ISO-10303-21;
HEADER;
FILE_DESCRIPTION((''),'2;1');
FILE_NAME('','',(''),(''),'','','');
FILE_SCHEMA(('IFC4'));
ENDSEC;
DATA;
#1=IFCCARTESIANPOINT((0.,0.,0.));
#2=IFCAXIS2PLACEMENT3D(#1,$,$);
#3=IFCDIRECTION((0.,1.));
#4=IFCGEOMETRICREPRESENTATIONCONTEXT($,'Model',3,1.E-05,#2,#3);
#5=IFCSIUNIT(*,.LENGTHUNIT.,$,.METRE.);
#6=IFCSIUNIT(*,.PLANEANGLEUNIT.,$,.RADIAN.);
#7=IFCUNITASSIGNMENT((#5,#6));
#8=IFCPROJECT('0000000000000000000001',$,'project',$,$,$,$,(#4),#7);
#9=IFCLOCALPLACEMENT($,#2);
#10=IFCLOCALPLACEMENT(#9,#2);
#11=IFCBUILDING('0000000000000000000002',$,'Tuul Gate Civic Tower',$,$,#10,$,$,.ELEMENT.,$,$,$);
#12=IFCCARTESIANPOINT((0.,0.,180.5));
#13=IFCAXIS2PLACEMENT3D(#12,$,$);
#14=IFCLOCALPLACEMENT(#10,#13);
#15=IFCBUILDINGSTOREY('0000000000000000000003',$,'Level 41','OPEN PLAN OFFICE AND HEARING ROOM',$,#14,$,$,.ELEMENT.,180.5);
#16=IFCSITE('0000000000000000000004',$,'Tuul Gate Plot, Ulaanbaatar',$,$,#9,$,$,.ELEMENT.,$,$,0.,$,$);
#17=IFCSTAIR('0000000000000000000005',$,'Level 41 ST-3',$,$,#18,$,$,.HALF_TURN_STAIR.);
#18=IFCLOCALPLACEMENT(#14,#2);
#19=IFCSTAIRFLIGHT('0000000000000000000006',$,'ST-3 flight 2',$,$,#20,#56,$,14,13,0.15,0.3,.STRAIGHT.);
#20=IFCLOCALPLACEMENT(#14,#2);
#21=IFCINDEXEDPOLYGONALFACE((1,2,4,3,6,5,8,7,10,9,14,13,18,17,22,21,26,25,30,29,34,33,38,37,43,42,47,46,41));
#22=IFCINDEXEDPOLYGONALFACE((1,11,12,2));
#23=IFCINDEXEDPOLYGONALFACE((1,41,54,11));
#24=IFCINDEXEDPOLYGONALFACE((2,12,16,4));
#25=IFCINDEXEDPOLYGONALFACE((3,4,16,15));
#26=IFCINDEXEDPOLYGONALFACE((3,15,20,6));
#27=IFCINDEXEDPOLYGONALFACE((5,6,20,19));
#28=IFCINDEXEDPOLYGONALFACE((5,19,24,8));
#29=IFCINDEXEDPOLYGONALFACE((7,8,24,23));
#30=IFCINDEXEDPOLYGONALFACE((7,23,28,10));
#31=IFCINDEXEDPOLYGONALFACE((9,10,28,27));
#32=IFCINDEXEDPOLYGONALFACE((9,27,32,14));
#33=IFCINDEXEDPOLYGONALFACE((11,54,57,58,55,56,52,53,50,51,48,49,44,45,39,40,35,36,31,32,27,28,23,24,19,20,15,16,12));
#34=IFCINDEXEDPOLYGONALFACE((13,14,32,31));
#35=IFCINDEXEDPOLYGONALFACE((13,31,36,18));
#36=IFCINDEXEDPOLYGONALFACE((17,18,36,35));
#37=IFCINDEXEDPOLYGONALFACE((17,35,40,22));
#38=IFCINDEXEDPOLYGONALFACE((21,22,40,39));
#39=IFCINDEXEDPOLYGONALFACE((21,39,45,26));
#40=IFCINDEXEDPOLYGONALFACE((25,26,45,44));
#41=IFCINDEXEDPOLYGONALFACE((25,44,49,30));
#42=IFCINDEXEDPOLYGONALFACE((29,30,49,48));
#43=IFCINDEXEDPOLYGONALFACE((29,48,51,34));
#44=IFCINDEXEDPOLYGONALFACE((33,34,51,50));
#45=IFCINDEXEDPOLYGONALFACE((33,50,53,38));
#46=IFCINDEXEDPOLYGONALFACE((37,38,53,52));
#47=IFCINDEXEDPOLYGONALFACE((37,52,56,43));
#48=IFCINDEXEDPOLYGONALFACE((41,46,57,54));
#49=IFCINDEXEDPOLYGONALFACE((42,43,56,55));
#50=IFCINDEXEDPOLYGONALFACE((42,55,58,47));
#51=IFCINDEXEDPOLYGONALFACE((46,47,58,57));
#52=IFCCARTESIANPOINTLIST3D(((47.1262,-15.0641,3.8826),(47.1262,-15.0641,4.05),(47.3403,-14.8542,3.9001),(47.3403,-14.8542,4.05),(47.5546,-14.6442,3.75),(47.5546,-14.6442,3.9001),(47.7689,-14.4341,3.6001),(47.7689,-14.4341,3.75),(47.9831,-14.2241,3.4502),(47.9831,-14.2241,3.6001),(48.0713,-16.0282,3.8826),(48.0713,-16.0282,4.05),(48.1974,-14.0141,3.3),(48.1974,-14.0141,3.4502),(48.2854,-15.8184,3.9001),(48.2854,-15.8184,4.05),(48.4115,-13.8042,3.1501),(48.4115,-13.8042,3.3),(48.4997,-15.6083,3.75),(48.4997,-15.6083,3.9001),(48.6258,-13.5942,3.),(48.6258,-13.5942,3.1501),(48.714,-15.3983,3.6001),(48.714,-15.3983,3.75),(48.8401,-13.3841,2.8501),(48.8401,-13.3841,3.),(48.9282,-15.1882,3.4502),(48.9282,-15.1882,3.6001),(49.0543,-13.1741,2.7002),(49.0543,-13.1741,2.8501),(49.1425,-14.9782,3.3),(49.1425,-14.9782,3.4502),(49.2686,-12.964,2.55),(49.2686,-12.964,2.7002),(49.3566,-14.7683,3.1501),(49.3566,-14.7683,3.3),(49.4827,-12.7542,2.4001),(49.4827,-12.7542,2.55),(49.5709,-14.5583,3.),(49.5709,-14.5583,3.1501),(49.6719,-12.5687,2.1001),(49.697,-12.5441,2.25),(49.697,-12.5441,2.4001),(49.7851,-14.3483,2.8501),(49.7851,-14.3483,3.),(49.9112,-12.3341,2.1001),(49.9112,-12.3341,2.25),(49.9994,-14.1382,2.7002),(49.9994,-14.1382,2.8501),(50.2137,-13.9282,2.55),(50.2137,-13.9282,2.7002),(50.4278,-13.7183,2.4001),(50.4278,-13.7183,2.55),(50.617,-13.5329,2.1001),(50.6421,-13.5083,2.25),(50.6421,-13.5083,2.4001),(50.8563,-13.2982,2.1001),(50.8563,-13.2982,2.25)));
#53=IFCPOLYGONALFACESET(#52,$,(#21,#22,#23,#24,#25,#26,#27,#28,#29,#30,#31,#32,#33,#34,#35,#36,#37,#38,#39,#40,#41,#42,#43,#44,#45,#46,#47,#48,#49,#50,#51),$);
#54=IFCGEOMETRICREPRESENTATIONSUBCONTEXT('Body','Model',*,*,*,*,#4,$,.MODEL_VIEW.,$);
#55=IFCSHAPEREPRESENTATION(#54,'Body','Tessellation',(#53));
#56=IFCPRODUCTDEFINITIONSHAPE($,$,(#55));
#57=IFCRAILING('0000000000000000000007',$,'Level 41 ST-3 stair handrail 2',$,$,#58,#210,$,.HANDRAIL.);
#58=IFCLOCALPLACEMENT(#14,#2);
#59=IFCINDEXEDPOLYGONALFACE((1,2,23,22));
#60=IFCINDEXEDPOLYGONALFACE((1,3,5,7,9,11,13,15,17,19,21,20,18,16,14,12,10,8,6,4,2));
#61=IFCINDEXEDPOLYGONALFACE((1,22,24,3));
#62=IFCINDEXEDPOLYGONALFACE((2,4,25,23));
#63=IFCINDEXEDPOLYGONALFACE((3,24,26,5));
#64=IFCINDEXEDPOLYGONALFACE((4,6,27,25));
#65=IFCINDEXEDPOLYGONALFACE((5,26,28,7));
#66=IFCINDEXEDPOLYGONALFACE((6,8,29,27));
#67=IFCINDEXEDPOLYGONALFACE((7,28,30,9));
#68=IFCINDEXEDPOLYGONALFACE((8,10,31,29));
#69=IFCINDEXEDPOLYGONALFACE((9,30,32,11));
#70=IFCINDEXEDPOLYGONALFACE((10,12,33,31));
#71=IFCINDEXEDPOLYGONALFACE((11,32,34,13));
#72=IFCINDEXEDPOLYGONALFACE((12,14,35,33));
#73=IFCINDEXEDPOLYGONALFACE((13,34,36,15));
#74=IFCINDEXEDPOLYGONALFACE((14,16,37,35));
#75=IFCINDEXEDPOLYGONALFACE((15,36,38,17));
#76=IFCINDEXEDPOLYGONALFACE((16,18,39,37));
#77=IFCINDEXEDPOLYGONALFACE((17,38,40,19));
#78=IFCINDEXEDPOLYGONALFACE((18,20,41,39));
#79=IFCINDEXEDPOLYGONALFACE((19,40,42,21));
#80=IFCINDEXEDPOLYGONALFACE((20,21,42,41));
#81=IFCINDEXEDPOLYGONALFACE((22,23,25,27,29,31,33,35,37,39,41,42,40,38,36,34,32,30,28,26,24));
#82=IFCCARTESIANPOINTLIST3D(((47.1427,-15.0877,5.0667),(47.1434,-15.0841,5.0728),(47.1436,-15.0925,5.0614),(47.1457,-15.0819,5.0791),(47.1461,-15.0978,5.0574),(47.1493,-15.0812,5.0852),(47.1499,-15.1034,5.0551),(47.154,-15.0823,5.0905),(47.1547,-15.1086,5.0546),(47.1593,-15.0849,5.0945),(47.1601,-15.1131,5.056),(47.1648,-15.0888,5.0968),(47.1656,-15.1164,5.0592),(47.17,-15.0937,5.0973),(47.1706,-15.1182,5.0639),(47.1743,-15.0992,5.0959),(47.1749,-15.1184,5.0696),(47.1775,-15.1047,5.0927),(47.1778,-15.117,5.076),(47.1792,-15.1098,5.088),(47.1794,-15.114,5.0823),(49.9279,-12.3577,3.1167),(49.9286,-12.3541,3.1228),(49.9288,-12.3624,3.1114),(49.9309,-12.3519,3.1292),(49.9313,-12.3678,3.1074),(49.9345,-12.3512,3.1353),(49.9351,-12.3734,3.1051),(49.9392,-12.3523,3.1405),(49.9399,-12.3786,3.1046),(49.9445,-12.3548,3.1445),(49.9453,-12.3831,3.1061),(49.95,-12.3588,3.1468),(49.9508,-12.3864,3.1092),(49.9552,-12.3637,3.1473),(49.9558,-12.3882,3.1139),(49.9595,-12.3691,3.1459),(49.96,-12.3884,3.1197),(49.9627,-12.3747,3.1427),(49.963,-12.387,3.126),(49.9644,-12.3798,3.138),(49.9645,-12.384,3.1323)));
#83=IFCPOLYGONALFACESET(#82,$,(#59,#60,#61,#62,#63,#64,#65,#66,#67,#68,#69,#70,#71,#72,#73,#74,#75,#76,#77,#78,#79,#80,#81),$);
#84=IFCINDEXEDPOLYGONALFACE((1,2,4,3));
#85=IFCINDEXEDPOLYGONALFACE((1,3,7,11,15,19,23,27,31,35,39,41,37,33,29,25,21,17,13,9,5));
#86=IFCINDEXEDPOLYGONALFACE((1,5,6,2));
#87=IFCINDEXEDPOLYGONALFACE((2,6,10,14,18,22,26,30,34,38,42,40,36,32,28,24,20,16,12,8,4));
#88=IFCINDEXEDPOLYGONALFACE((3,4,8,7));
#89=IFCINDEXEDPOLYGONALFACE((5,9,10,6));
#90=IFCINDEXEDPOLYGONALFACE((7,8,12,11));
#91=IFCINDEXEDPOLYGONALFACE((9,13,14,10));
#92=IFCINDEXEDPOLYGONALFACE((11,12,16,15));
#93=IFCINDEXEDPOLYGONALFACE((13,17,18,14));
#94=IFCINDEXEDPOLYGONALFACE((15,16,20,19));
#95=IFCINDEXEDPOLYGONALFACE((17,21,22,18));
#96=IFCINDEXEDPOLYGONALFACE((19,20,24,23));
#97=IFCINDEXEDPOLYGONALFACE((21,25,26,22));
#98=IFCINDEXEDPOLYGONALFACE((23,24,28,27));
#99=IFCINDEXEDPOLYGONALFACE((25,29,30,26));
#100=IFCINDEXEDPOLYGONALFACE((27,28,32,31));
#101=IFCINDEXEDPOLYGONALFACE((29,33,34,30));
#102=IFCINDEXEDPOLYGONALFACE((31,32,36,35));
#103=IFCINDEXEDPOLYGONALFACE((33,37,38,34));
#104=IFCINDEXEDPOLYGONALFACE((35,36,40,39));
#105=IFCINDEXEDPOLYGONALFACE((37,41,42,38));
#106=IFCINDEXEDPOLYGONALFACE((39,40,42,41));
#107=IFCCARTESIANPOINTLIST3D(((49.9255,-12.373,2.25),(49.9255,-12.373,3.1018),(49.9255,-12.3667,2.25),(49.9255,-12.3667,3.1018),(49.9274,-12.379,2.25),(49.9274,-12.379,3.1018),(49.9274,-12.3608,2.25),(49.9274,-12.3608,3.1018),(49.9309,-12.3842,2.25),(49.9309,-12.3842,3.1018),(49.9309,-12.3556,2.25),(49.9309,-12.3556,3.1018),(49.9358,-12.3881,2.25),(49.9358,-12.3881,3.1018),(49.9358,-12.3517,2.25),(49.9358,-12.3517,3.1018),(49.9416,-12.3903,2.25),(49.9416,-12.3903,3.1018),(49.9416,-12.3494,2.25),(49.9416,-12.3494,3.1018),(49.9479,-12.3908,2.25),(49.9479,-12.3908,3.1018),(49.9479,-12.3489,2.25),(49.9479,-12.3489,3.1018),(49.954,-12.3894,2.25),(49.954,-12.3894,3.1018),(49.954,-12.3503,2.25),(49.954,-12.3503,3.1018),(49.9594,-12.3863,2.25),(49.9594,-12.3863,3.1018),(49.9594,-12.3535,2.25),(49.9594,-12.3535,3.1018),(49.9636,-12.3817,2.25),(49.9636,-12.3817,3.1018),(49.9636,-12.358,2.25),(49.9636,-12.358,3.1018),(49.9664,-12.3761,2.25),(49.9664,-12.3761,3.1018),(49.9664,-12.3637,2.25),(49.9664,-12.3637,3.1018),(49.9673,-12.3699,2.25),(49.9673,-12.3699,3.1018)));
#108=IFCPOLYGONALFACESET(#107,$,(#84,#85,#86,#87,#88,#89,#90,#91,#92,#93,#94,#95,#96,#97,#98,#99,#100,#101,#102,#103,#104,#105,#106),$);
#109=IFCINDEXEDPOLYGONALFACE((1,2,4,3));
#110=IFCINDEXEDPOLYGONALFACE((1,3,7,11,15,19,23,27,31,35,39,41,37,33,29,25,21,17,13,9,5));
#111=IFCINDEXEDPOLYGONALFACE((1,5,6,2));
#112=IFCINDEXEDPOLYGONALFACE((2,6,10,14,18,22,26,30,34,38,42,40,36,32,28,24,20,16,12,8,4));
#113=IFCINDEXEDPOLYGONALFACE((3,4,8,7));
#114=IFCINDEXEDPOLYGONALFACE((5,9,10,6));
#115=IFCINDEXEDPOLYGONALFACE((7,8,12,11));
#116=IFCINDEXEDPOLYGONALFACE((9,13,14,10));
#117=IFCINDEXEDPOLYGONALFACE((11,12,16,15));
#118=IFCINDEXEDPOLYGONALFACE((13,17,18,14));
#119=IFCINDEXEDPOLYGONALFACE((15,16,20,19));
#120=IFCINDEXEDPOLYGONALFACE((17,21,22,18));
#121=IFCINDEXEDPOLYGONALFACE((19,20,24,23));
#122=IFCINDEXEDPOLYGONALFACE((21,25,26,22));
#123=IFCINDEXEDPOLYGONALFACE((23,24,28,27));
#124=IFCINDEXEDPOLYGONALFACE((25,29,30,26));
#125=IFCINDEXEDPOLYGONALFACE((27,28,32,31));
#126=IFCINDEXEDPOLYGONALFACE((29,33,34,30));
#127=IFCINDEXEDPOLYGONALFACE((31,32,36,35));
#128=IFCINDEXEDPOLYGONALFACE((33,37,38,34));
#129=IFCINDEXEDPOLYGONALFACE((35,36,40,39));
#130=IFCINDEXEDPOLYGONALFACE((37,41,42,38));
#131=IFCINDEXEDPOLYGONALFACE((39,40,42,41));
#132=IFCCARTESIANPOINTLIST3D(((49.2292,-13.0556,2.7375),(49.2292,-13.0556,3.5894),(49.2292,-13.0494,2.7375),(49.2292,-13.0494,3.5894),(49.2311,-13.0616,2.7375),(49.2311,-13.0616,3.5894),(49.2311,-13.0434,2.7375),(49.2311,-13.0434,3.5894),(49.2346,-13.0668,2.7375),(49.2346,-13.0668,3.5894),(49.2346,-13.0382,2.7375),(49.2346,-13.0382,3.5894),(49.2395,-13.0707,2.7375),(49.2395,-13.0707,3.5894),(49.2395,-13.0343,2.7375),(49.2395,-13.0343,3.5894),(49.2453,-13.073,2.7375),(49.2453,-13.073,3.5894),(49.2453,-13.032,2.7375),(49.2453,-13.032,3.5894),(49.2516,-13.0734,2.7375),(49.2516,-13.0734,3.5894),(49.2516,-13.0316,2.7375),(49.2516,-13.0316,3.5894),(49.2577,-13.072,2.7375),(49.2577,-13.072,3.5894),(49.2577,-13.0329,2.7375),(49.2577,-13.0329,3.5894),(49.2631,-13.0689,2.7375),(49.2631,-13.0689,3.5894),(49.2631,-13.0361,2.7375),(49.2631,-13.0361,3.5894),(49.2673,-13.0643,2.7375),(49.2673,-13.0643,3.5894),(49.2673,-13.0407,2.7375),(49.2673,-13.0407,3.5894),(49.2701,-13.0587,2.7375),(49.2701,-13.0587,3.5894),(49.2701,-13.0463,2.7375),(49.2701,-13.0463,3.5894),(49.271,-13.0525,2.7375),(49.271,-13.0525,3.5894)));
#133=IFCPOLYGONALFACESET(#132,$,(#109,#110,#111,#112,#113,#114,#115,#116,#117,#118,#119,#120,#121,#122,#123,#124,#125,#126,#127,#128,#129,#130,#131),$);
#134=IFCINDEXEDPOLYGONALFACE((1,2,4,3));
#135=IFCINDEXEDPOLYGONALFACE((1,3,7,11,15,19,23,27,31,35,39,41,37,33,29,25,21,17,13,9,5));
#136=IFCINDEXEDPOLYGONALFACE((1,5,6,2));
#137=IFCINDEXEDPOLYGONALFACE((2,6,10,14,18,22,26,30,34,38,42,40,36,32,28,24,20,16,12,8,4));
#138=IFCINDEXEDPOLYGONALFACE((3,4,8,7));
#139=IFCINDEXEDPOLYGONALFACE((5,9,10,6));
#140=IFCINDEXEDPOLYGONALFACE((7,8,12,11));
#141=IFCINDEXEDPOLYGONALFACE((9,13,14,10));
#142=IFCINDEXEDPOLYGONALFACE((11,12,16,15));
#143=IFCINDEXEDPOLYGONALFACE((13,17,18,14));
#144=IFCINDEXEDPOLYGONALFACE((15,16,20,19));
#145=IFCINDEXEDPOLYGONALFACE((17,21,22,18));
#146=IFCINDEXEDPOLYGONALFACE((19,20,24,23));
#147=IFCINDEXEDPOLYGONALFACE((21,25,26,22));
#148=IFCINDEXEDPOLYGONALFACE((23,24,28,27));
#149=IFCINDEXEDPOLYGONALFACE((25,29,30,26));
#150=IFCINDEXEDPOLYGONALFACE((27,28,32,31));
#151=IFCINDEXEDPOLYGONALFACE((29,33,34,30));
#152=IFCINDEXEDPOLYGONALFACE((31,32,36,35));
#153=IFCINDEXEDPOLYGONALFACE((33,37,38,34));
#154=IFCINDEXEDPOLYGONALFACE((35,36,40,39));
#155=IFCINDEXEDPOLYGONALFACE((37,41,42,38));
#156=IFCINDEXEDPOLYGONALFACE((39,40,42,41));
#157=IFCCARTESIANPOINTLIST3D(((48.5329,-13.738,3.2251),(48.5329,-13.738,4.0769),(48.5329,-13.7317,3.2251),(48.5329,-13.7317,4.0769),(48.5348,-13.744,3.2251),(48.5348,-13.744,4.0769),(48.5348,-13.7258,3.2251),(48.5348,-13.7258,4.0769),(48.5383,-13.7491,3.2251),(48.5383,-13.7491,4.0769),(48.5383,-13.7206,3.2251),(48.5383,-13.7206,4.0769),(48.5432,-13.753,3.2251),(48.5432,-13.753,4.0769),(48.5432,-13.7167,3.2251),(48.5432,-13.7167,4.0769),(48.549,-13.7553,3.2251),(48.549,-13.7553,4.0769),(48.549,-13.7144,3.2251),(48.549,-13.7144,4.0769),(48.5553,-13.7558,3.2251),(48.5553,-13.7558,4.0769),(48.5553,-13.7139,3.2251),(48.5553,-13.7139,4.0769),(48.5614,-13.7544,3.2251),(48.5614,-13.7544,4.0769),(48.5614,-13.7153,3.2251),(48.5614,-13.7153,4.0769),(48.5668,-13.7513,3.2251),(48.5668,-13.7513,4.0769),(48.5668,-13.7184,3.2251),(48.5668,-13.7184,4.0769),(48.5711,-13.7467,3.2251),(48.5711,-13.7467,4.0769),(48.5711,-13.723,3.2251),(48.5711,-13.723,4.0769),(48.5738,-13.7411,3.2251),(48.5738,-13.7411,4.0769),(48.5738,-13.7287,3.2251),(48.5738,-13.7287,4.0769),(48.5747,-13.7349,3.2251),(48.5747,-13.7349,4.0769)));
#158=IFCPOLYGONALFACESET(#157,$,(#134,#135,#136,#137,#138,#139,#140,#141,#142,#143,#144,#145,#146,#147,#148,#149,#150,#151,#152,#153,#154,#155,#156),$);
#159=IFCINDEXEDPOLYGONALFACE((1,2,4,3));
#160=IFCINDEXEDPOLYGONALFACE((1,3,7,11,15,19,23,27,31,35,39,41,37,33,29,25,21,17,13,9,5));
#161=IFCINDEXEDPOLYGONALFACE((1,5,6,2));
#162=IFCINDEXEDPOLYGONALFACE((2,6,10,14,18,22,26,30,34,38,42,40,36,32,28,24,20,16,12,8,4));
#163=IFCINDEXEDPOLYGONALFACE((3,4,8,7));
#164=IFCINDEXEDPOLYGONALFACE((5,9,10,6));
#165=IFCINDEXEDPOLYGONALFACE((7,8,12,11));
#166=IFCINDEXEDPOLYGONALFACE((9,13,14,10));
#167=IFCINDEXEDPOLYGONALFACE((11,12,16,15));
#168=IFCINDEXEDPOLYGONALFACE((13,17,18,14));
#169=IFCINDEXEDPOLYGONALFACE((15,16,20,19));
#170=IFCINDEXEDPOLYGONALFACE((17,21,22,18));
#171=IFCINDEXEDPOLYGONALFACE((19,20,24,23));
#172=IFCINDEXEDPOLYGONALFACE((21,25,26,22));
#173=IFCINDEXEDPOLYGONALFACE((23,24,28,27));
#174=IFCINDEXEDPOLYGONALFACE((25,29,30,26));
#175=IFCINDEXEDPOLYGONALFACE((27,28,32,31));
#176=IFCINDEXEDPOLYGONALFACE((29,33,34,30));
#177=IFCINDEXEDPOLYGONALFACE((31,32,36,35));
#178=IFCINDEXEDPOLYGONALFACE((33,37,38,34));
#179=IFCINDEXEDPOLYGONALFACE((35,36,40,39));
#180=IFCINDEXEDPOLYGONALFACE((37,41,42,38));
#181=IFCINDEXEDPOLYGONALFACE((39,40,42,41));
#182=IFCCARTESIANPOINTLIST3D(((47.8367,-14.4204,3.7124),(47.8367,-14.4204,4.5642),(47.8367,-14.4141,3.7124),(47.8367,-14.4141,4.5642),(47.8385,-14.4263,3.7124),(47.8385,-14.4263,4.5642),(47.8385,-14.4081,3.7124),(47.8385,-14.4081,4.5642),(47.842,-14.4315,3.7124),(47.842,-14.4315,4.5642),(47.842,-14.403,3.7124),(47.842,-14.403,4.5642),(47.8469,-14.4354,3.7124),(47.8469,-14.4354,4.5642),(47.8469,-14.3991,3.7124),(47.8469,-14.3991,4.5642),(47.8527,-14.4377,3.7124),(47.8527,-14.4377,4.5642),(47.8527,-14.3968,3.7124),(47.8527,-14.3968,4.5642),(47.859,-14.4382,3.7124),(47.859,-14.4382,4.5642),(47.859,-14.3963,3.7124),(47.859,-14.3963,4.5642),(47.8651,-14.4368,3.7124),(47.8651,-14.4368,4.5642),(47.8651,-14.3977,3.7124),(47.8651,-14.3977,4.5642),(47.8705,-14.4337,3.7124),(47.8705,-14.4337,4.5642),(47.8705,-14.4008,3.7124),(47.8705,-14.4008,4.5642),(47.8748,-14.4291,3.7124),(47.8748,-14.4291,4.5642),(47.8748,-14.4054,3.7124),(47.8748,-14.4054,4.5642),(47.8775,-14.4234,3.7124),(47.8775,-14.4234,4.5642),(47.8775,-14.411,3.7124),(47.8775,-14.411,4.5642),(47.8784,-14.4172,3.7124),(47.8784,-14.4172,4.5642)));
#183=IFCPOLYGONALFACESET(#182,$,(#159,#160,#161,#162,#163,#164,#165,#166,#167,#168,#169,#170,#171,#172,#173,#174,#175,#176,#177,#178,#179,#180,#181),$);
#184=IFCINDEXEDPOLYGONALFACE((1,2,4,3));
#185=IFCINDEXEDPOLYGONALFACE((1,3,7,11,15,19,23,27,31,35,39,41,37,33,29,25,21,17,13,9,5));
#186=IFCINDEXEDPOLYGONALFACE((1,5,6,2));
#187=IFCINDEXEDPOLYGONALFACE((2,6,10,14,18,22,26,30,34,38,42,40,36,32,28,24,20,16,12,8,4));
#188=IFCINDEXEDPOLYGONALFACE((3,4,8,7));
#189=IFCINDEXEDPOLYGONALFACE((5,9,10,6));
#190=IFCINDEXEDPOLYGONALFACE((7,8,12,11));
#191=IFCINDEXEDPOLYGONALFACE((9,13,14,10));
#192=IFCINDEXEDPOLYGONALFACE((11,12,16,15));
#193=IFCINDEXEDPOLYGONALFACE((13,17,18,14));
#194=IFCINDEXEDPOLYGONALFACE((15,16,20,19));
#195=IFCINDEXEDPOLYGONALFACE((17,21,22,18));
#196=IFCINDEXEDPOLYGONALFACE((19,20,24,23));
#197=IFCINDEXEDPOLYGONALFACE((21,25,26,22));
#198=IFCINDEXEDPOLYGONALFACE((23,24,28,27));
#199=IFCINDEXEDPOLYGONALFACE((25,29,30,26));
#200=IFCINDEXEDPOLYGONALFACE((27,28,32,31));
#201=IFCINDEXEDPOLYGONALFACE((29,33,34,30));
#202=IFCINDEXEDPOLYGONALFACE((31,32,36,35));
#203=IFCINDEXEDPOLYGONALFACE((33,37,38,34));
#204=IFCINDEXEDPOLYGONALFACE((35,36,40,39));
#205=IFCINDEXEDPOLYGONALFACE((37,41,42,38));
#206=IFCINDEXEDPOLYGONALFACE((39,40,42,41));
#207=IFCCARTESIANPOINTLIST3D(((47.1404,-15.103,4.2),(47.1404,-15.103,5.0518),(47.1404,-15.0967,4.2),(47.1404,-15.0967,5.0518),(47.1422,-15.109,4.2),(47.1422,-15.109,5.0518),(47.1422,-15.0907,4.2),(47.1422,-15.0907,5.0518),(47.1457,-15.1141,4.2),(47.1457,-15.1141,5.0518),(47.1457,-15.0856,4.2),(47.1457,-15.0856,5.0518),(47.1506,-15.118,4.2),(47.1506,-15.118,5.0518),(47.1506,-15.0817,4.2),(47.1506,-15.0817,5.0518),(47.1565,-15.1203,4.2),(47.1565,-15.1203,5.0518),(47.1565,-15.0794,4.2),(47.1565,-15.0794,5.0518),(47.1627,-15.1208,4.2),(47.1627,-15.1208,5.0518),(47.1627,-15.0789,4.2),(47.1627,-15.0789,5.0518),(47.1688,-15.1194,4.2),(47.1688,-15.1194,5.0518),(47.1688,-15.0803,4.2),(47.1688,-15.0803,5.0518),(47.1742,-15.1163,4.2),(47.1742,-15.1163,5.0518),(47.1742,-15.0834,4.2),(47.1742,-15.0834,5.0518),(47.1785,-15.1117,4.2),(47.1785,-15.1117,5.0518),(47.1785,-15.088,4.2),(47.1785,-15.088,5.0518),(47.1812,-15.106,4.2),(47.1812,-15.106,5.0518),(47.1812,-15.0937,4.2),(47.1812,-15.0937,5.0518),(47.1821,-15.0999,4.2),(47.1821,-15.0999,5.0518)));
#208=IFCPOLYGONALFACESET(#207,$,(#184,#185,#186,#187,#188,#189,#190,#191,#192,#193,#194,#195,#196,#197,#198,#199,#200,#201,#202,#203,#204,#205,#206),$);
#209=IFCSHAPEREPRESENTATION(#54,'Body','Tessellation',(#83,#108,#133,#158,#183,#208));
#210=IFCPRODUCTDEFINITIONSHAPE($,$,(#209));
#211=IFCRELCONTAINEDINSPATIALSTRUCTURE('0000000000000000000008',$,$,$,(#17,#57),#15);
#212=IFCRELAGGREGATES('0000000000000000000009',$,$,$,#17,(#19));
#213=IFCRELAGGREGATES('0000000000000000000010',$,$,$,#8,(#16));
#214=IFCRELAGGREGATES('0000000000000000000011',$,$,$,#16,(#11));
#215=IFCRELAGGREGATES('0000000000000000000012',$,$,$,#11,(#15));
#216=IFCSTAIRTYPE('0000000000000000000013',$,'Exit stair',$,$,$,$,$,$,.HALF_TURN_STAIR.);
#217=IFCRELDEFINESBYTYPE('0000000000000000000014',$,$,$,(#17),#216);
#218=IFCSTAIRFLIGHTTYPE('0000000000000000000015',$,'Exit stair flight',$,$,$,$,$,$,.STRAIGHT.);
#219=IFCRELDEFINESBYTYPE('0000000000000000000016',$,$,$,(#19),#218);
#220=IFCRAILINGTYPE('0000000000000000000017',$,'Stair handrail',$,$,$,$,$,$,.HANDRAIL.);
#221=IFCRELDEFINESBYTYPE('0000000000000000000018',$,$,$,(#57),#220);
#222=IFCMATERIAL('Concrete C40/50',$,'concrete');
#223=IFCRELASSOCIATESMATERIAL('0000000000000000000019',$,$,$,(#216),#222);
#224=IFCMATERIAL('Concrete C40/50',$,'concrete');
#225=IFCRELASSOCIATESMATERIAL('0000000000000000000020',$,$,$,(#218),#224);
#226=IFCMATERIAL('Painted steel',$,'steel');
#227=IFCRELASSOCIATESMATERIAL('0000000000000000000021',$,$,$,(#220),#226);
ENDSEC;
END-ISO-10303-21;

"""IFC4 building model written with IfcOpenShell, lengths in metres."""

from ifc_helpers import new_model, si_unit, direction, frame, origin, origin_2d, place, context, subcontext, project, spatial, polyline, circle, outline, extrude, material, type_object, element, aggregate, save


model = new_model("IFC4")

# Units and contexts
model_context = context("Model", 3, precision=1e-05, world=origin(), true_north=direction((0.0, 1.0)))
body_context = subcontext(model_context, "Body", "Model", "MODEL_VIEW")
ifc_project = project(units=[si_unit("LENGTHUNIT", "METRE"), si_unit("PLANEANGLEUNIT", "RADIAN")], contexts=[model_context])

# Site, building, storey
site_placement = place(None, origin())
site = spatial("IfcSite", under=ifc_project, at=site_placement, Name="Tuul Gate Plot, Ulaanbaatar", CompositionType="ELEMENT", RefElevation=0.0)
building_placement = place(site_placement, origin())
building = spatial("IfcBuilding", under=site, at=building_placement, Name="Tuul Gate Civic Tower", CompositionType="ELEMENT")
storey_placement = place(building_placement, frame((0.0, 0.0, 180.5)))
storey = spatial("IfcBuildingStorey", under=building, at=storey_placement, Name="Level 41", Description="OPEN PLAN OFFICE AND HEARING ROOM", CompositionType="ELEMENT", Elevation=180.5)

# Stair, stair flight
ifc_material_1 = material(Name="Concrete C40/50", Category="concrete")
stair_type = type_object("IfcStairType", Name="Exit stair", PredefinedType="HALF_TURN_STAIR", material=ifc_material_1)
stair_placement = place(storey_placement, origin())
stair = element("IfcStair", 1, at=stair_placement, inside=storey, type_object=stair_type, Name="Level 41 ST-3", PredefinedType="HALF_TURN_STAIR")
ifc_material_2 = material(Name="Concrete C40/50", Category="concrete")
stair_flight_type = type_object("IfcStairFlightType", Name="Exit stair flight", PredefinedType="STRAIGHT", material=ifc_material_2)
stair_flight_placement = place(storey_placement, frame((50.3838, -12.8162, 2.1001), z_axis=(0.0, 0.0, 1.0), x_axis=(-0.714127, -0.700016, 0.0)))
stair_flight = element("IfcStairFlight", 2, at=stair_flight_placement, type_object=stair_flight_type, Name="ST-3 flight 2", NumberOfRisers=14, NumberOfTreads=13, PredefinedType="STRAIGHT", RiserHeight=0.15, TreadLength=0.3, context=body_context, shape_type="SweptSolid", body=[
    extrude(outline(polyline([(0.0, 0.0), (0.0, 0.1499), (0.3, 0.1499), (0.3, 0.3), (0.6001, 0.3), (0.6001, 0.45), (0.8999, 0.45), (0.8999, 0.6001), (1.2, 0.6001), (1.2, 0.75), (1.5, 0.75), (1.5, 0.8999), (1.8, 0.8999), (1.8, 1.05), (2.1001, 1.05), (2.1001, 1.2), (2.3999, 1.2), (2.3999, 1.3501), (2.7, 1.3501), (2.7, 1.5), (3.0, 1.5), (3.0, 1.6499), (3.3, 1.6499), (3.3, 1.8), (3.6001, 1.8), (3.6001, 1.95), (3.8999, 1.95), (3.8999, 2.1001), (3.8999, 1.7825), (0.3352, 0.0), (0.0, 0.0)])), frame((0.0, 0.675, 0.0), z_axis=(0.0, -1.0, 0.0), x_axis=(1.0, 0.0, 0.0)), (0.0, 0.0, 1.0), 1.3501),
])
aggregate(stair, [stair_flight])

# Railing
ifc_material_3 = material(Name="Painted steel", Category="steel")
railing_type_1 = type_object("IfcRailingType", Name="Stair handrail", PredefinedType="HANDRAIL", material=ifc_material_3)
railing_1_placement = place(storey_placement, frame((49.9463, -12.3699, 2.25)))
element("IfcRailing", 3, at=railing_1_placement, inside=storey, type_object=railing_type_1, Name="Level 41 ST-3 stair handrail 2", PredefinedType="HANDRAIL", context=body_context, shape_type="SweptSolid", body=[
    extrude(circle(Radius=0.0239, at=origin_2d()), frame((0.0, 0.0, 0.876), z_axis=(-0.638754, -0.6261, 0.447206), x_axis=(0.699998, -0.714145, 0.0)), (0.0, 0.0, 1.0), 4.3604),
    extrude(circle(Radius=0.021, at=origin_2d()), origin(), (0.0, 0.0, 1.0), 0.8518),
    extrude(circle(Radius=0.021, at=origin_2d()), frame((-0.6963, -0.6826, 0.4875)), (0.0, 0.0, 1.0), 0.8518),
    extrude(circle(Radius=0.021, at=origin_2d()), frame((-1.3926, -1.365, 0.9751)), (0.0, 0.0, 1.0), 0.8518),
    extrude(circle(Radius=0.021, at=origin_2d()), frame((-2.0889, -2.0474, 1.4624)), (0.0, 0.0, 1.0), 0.8518),
    extrude(circle(Radius=0.021, at=origin_2d()), frame((-2.7852, -2.73, 1.95)), (0.0, 0.0, 1.0), 0.8518),
])

save(model, "model.ifc")
